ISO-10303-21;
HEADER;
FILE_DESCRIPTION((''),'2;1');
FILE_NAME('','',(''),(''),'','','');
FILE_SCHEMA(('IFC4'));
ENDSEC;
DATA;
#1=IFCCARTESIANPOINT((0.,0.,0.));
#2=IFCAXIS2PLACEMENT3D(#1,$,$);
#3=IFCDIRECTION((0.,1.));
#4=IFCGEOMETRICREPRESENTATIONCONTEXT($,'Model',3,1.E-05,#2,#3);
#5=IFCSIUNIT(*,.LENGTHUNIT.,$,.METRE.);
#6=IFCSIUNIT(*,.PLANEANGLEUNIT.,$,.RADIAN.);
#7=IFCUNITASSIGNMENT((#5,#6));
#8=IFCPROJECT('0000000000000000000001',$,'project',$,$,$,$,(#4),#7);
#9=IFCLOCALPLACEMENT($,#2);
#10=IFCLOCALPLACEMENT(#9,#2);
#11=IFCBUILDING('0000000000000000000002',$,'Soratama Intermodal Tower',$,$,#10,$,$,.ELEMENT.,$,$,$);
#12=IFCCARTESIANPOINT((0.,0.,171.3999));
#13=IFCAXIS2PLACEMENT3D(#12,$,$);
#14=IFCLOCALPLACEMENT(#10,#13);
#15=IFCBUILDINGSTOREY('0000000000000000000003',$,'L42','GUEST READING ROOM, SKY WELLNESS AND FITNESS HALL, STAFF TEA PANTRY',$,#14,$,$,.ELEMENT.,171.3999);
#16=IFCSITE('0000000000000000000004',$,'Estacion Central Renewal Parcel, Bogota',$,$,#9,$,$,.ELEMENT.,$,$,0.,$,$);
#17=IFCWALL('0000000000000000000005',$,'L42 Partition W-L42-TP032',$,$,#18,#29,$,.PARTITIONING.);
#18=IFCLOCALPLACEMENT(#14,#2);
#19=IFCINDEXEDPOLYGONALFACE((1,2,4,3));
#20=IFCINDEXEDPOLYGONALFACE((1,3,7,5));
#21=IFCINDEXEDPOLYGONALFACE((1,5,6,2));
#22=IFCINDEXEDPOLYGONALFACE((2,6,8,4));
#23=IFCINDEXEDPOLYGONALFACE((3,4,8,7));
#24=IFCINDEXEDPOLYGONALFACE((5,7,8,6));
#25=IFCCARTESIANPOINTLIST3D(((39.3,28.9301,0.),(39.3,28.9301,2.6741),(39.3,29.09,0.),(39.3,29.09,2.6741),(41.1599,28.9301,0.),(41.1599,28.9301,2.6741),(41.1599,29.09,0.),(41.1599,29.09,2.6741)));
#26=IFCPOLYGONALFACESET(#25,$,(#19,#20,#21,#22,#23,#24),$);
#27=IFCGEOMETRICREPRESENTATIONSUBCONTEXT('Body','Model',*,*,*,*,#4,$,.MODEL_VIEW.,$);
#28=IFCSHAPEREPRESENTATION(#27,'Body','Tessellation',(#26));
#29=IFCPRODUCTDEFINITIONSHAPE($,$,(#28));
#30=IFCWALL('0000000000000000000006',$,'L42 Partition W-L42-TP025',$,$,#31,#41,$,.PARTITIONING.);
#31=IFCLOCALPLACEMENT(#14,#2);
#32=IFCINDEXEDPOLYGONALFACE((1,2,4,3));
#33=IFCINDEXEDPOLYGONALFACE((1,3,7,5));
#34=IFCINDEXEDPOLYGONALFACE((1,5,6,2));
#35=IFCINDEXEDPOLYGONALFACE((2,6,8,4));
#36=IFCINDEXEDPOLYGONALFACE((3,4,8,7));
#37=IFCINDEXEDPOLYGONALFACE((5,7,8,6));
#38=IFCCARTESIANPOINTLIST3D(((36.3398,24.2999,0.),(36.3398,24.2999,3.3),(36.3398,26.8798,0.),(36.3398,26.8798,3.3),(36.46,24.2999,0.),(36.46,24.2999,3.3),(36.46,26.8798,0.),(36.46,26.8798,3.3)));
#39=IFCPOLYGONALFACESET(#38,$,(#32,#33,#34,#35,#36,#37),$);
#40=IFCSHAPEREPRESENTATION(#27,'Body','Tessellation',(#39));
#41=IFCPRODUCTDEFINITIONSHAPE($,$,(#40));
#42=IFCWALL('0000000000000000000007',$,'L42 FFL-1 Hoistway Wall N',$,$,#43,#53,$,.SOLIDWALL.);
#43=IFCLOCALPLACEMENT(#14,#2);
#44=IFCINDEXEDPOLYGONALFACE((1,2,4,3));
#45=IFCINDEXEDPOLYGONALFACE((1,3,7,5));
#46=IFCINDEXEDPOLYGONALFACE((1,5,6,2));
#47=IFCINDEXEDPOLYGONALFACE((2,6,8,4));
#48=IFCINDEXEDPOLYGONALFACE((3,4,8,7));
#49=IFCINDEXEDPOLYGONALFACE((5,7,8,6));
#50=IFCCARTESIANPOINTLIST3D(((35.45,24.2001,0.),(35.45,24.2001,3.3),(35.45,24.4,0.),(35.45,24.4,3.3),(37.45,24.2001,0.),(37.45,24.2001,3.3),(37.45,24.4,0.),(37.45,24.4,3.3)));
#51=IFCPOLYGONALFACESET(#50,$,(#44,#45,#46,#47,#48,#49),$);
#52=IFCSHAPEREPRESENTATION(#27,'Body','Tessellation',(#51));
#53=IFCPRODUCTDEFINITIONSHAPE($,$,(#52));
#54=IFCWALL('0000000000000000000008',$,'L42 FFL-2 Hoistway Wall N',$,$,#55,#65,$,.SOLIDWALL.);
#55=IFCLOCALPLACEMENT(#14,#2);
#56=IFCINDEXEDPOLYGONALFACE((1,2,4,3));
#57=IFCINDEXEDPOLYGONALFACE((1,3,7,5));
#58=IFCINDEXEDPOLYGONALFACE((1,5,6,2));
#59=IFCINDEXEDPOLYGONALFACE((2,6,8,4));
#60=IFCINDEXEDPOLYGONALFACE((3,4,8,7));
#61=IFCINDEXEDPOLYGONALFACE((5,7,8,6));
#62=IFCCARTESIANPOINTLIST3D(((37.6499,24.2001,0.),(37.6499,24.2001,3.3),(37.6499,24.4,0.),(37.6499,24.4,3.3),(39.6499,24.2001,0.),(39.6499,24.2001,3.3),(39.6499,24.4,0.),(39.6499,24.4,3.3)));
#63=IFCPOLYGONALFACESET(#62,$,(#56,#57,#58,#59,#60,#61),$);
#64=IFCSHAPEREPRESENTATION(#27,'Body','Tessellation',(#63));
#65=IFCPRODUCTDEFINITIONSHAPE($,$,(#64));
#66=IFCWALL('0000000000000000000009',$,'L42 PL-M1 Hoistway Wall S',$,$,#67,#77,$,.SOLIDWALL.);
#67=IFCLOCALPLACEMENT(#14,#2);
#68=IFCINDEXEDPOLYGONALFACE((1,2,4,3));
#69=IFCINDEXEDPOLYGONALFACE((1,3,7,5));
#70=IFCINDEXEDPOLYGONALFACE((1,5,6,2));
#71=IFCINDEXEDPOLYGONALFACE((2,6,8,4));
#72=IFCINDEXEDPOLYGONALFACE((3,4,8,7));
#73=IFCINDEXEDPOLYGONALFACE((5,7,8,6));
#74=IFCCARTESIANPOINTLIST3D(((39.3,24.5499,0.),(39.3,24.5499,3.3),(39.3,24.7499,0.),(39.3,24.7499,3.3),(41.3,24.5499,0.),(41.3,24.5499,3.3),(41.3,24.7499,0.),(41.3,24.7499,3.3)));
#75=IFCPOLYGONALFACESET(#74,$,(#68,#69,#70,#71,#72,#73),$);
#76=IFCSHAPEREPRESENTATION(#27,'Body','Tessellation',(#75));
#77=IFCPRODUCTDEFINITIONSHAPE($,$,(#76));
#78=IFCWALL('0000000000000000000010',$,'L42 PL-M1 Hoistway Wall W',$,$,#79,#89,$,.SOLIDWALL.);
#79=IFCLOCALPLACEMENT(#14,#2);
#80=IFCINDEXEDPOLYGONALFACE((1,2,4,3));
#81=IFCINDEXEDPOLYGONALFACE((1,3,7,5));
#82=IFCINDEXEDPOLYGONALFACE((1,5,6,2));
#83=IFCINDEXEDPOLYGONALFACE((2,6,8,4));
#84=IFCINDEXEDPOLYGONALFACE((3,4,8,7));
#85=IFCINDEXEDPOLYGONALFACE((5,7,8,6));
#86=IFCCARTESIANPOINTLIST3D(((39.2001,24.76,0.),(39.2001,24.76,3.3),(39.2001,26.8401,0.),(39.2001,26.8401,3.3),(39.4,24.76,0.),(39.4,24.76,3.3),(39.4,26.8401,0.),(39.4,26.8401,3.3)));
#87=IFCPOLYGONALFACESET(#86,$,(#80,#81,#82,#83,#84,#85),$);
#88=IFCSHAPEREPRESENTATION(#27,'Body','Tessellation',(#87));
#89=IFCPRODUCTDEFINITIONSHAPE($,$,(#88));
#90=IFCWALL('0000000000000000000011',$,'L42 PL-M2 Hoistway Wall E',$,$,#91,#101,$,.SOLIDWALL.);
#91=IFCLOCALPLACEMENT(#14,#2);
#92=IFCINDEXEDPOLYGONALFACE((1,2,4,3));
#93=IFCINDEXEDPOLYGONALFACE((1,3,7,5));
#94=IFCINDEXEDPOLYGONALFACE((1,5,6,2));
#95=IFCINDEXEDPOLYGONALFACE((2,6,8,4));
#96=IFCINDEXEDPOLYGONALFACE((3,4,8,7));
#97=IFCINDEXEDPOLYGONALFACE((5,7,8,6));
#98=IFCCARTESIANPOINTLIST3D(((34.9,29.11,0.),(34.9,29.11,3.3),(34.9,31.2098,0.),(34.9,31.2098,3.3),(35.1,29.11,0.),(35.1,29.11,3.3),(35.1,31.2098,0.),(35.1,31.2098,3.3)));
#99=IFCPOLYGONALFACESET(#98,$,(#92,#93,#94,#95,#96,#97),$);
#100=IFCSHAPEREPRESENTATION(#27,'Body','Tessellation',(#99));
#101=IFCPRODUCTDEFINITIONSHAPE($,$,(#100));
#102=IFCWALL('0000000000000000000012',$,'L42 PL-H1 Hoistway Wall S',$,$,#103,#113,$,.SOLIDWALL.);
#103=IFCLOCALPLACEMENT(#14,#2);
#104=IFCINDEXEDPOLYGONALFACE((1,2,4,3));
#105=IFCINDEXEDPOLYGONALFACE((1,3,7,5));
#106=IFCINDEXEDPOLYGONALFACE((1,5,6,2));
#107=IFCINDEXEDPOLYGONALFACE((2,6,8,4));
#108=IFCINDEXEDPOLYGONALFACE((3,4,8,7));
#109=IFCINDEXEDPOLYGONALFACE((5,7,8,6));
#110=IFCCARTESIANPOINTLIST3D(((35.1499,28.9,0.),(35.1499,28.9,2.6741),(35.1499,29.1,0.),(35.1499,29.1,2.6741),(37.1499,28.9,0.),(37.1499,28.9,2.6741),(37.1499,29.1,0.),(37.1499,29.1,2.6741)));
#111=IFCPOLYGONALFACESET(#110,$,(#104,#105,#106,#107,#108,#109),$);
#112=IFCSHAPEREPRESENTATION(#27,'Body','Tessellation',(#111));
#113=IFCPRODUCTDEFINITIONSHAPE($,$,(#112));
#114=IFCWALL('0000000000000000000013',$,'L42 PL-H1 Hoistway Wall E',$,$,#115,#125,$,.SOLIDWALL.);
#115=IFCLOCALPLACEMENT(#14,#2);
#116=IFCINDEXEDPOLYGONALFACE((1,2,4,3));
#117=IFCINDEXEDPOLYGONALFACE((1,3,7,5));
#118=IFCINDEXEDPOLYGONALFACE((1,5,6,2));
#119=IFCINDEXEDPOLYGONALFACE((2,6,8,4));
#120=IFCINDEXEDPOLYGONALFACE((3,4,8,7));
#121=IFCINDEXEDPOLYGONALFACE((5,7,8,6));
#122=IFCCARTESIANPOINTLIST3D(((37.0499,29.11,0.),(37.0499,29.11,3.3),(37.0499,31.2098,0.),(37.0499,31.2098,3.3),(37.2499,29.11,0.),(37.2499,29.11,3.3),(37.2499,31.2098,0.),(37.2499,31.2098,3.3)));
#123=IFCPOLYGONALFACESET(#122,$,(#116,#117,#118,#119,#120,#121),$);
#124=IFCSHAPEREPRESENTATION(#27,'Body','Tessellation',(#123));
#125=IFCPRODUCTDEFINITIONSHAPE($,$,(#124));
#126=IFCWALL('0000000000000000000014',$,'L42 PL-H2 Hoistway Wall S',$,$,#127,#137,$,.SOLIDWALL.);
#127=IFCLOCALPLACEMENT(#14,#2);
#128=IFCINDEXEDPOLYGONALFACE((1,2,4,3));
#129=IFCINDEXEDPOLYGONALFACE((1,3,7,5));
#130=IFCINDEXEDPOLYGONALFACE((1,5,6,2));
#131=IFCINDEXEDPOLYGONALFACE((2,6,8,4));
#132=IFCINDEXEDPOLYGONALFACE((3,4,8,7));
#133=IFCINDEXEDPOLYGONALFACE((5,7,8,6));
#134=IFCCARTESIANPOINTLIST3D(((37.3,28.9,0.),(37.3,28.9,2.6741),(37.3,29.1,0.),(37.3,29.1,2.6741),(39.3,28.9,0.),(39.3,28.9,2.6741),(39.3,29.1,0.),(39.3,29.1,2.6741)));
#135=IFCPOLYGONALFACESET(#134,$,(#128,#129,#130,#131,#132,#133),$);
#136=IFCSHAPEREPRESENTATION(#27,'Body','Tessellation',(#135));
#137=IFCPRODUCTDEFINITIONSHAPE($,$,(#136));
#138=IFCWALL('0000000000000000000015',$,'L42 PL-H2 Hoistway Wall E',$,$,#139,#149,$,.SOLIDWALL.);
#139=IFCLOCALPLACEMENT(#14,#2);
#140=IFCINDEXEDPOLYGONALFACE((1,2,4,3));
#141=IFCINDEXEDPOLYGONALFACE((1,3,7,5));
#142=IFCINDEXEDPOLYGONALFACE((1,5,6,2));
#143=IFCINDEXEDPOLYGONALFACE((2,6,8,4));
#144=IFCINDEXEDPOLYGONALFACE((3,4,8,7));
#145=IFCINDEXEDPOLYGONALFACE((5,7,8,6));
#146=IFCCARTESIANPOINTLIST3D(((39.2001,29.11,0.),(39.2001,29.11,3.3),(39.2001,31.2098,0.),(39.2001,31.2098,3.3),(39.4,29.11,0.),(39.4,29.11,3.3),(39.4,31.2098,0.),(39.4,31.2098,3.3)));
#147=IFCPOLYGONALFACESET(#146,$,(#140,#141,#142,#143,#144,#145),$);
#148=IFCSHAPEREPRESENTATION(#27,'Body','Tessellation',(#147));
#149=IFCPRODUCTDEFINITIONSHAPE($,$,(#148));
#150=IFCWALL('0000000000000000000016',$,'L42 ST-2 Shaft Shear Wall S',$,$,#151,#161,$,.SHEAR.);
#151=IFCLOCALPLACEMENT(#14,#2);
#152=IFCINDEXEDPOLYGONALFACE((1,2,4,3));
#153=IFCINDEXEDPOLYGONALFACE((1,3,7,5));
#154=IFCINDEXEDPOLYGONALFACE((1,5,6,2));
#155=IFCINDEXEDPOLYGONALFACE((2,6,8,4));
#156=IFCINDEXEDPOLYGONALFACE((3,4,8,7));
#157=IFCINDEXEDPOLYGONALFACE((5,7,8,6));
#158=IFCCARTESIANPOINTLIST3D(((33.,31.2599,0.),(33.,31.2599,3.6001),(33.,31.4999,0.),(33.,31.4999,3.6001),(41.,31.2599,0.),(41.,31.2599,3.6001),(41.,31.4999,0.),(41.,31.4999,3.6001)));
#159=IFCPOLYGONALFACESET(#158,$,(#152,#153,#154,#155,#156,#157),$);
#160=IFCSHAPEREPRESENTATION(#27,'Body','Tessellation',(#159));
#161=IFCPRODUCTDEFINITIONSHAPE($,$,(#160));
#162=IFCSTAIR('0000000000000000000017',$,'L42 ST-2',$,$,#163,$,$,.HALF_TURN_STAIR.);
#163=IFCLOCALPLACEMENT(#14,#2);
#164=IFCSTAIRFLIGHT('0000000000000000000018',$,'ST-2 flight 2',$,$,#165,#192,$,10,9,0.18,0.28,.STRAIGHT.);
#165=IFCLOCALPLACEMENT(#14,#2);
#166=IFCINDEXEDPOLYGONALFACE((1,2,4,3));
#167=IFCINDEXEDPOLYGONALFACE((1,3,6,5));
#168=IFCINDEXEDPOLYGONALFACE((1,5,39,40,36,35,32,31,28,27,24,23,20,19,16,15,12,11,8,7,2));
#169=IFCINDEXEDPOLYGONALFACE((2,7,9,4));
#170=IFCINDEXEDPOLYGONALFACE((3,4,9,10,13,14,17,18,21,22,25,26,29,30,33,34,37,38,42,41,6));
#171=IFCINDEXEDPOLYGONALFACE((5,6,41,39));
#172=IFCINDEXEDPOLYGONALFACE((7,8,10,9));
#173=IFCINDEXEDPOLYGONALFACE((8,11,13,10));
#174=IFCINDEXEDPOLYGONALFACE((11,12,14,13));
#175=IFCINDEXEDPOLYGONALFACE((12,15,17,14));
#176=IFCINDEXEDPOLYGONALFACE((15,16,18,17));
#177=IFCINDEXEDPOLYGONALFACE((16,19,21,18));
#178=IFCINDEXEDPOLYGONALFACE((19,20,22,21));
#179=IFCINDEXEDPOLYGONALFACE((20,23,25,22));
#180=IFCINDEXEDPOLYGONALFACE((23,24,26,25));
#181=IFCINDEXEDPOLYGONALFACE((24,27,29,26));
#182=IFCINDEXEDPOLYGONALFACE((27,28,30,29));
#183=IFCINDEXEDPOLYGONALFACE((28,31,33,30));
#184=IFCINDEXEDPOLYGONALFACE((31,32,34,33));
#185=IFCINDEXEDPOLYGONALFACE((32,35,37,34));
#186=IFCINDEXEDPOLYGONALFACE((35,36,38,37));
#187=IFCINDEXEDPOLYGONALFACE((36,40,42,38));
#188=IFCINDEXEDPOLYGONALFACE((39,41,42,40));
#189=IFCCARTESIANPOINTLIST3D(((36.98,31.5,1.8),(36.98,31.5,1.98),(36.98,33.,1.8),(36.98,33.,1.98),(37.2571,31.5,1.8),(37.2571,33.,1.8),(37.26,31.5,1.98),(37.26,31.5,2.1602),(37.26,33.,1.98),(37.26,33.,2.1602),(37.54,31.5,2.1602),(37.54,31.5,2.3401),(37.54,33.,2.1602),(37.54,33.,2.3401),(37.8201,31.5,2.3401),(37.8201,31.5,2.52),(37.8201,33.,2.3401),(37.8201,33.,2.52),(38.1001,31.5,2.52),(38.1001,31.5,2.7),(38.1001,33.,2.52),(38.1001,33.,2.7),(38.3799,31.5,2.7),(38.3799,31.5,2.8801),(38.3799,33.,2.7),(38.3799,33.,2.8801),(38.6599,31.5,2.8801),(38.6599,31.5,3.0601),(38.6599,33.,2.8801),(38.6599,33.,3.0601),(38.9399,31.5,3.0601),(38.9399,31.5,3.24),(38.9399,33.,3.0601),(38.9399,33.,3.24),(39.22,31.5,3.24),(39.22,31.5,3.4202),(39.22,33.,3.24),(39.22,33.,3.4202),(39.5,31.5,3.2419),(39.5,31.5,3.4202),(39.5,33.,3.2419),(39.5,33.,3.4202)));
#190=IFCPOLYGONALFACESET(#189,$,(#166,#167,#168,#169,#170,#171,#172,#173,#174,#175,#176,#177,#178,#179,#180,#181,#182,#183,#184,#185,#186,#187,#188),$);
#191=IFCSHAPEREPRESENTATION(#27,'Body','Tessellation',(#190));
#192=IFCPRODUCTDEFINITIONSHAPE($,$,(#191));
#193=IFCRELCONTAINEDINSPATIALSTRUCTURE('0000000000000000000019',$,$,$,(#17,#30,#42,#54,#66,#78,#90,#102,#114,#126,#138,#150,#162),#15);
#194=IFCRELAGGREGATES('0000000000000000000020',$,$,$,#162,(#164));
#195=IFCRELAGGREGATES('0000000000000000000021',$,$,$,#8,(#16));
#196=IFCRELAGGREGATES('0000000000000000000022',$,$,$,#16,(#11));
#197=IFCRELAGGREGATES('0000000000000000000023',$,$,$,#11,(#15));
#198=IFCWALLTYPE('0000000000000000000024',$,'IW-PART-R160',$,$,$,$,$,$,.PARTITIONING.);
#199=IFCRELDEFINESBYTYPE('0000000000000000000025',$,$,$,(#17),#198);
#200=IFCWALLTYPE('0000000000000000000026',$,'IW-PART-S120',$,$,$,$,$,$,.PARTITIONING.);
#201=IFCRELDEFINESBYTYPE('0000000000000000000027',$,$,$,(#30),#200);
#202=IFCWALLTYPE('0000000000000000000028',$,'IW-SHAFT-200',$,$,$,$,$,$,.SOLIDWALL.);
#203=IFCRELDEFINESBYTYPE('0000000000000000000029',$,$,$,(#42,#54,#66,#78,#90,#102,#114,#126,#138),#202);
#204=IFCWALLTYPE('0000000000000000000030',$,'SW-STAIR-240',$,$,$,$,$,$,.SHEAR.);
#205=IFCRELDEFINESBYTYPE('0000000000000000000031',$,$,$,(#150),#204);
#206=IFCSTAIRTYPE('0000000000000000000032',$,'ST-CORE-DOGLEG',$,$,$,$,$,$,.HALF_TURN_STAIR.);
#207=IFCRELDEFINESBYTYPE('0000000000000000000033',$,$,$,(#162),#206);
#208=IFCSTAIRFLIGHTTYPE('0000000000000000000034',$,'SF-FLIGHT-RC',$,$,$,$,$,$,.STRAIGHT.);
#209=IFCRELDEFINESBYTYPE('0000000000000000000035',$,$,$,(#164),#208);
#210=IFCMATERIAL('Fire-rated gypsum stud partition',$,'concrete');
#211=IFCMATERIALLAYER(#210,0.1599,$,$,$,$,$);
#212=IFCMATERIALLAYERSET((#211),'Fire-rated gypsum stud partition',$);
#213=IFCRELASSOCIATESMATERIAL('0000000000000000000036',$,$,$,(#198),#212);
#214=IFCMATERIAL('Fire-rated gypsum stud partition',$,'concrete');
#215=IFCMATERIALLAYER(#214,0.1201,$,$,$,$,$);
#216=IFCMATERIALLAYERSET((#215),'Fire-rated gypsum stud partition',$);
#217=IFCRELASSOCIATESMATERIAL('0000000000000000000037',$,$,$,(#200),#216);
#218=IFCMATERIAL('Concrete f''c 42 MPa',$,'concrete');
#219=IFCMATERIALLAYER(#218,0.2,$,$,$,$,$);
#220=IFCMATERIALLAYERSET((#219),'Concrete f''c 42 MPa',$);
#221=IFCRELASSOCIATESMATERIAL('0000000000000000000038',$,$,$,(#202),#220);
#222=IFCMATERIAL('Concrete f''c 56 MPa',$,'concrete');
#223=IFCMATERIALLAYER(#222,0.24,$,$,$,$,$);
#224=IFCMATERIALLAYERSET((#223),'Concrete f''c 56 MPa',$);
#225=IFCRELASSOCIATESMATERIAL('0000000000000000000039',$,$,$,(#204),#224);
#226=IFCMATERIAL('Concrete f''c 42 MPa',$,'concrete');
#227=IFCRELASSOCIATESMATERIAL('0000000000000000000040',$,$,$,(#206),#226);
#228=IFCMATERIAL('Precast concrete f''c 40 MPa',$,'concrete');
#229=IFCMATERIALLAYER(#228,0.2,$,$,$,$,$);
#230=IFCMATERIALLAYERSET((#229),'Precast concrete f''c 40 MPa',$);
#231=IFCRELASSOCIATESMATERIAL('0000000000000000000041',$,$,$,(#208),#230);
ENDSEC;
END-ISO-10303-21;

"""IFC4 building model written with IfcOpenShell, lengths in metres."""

from ifc_helpers import new_model, si_unit, direction, frame, frame_2d, origin, place, context, subcontext, project, spatial, polyline, rectangle, outline, extrude, material, layer, layer_set, type_object, element, aggregate, save


model = new_model("IFC4")

# Units and contexts
model_context = context("Model", 3, precision=1e-05, world=origin(), true_north=direction((0.0, 1.0)))
body_context = subcontext(model_context, "Body", "Model", "MODEL_VIEW")
ifc_project = project(units=[si_unit("LENGTHUNIT", "METRE"), si_unit("PLANEANGLEUNIT", "RADIAN")], contexts=[model_context])

# Site, building, storey
site_placement = place(None, origin())
site = spatial("IfcSite", under=ifc_project, at=site_placement, Name="Estacion Central Renewal Parcel, Bogota", CompositionType="ELEMENT", RefElevation=0.0)
building_placement = place(site_placement, origin())
building = spatial("IfcBuilding", under=site, at=building_placement, Name="Soratama Intermodal Tower", CompositionType="ELEMENT")
storey_placement = place(building_placement, frame((0.0, 0.0, 171.3999)))
storey = spatial("IfcBuildingStorey", under=building, at=storey_placement, Name="L42", Description="GUEST READING ROOM, SKY WELLNESS AND FITNESS HALL, STAFF TEA PANTRY", CompositionType="ELEMENT", Elevation=171.3999)

# Shared definitions
ifc_material_1 = material(Name="Fire-rated gypsum stud partition", Category="concrete")
ifc_layer_1 = layer(ifc_material_1, 0.1599)
ifc_layer_set_1 = layer_set([ifc_layer_1], Name="Fire-rated gypsum stud partition")
wall_type_1 = type_object("IfcWallType", Name="IW-PART-R160", PredefinedType="PARTITIONING", material=ifc_layer_set_1)

# Walls
wall_1_placement = place(storey_placement, frame((39.3, 29.01, 0.0), z_axis=(0.0, 0.0, 1.0), x_axis=(1.0, 0.0, 0.0)))
element("IfcWall", 1, at=wall_1_placement, inside=storey, type_object=wall_type_1, Name="L42 Partition W-L42-TP032", PredefinedType="PARTITIONING", context=body_context, shape_type="SweptSolid", body=[
    extrude(rectangle(XDim=1.8599, YDim=0.1599, at=frame_2d((0.9299, 0.0))), origin(), (0.0, 0.0, 1.0), 2.6741),
])
ifc_material_2 = material(Name="Fire-rated gypsum stud partition", Category="concrete")
ifc_layer_2 = layer(ifc_material_2, 0.1201)
ifc_layer_set_2 = layer_set([ifc_layer_2], Name="Fire-rated gypsum stud partition")
wall_type_2 = type_object("IfcWallType", Name="IW-PART-S120", PredefinedType="PARTITIONING", material=ifc_layer_set_2)
wall_2_placement = place(storey_placement, frame((36.3999, 26.8799, 0.0), z_axis=(0.0, 0.0, 1.0), x_axis=(0.0, -1.0, 0.0)))
element("IfcWall", 2, at=wall_2_placement, inside=storey, type_object=wall_type_2, Name="L42 Partition W-L42-TP025", PredefinedType="PARTITIONING", context=body_context, shape_type="SweptSolid", body=[
    extrude(rectangle(XDim=2.5798, YDim=0.1201, at=frame_2d((1.29, 0.0))), origin(), (0.0, 0.0, 1.0), 3.3),
])
ifc_material_3 = material(Name="Concrete f'c 42 MPa", Category="concrete")
ifc_layer_3 = layer(ifc_material_3, 0.2)
ifc_layer_set_3 = layer_set([ifc_layer_3], Name="Concrete f'c 42 MPa")
wall_type_3 = type_object("IfcWallType", Name="IW-SHAFT-200", PredefinedType="SOLIDWALL", material=ifc_layer_set_3)
for number, where, z_axis, x_axis, name in (
    (3, (35.45, 24.3, 0.0), (0.0, 0.0, 1.0), (1.0, 0.0, 0.0), "L42 FFL-1 Hoistway Wall N"),
    (4, (37.6499, 24.3, 0.0), (0.0, 0.0, 1.0), (1.0, 0.0, 0.0), "L42 FFL-2 Hoistway Wall N"),
    (5, (39.3, 24.6499, 0.0), (0.0, 0.0, 1.0), (1.0, 0.0, 0.0), "L42 PL-M1 Hoistway Wall S"),
):
    element("IfcWall", number, at=place(storey_placement, frame(where, z_axis=z_axis, x_axis=x_axis)), inside=storey, type_object=wall_type_3, Name=name, PredefinedType="SOLIDWALL", context=body_context, shape_type="SweptSolid", body=[
        extrude(rectangle(XDim=2.0, YDim=0.2, at=frame_2d((1.0, 0.0))), origin(), (0.0, 0.0, 1.0), 3.3),
    ])

# Walls
wall_3_placement = place(storey_placement, frame((39.3, 24.76, 0.0), z_axis=(0.0, 0.0, 1.0), x_axis=(0.0, 1.0, 0.0)))
element("IfcWall", 6, at=wall_3_placement, inside=storey, type_object=wall_type_3, Name="L42 PL-M1 Hoistway Wall W", PredefinedType="SOLIDWALL", context=body_context, shape_type="SweptSolid", body=[
    extrude(rectangle(XDim=2.0801, YDim=0.2, at=frame_2d((1.04, 0.0))), origin(), (0.0, 0.0, 1.0), 3.3),
])
wall_4_placement = place(storey_placement, frame((35.0, 29.1101, 0.0), z_axis=(0.0, 0.0, 1.0), x_axis=(0.0, 1.0, 0.0)))
element("IfcWall", 7, at=wall_4_placement, inside=storey, type_object=wall_type_3, Name="L42 PL-M2 Hoistway Wall E", PredefinedType="SOLIDWALL", context=body_context, shape_type="SweptSolid", body=[
    extrude(rectangle(XDim=2.0999, YDim=0.2, at=frame_2d((1.0498, 0.0))), origin(), (0.0, 0.0, 1.0), 3.3),
])
wall_5_placement = place(storey_placement, frame((35.1499, 29.0, 0.0), z_axis=(0.0, 0.0, 1.0), x_axis=(1.0, 0.0, 0.0)))
element("IfcWall", 8, at=wall_5_placement, inside=storey, type_object=wall_type_3, Name="L42 PL-H1 Hoistway Wall S", PredefinedType="SOLIDWALL", context=body_context, shape_type="SweptSolid", body=[
    extrude(rectangle(XDim=2.0, YDim=0.2, at=frame_2d((1.0, 0.0))), origin(), (0.0, 0.0, 1.0), 2.6741),
])
wall_6_placement = place(storey_placement, frame((37.1499, 29.1101, 0.0), z_axis=(0.0, 0.0, 1.0), x_axis=(0.0, 1.0, 0.0)))
element("IfcWall", 9, at=wall_6_placement, inside=storey, type_object=wall_type_3, Name="L42 PL-H1 Hoistway Wall E", PredefinedType="SOLIDWALL", context=body_context, shape_type="SweptSolid", body=[
    extrude(rectangle(XDim=2.0999, YDim=0.2, at=frame_2d((1.0498, 0.0))), origin(), (0.0, 0.0, 1.0), 3.3),
])
wall_7_placement = place(storey_placement, frame((37.3, 29.0, 0.0), z_axis=(0.0, 0.0, 1.0), x_axis=(1.0, 0.0, 0.0)))
element("IfcWall", 10, at=wall_7_placement, inside=storey, type_object=wall_type_3, Name="L42 PL-H2 Hoistway Wall S", PredefinedType="SOLIDWALL", context=body_context, shape_type="SweptSolid", body=[
    extrude(rectangle(XDim=2.0, YDim=0.2, at=frame_2d((1.0, 0.0))), origin(), (0.0, 0.0, 1.0), 2.6741),
])
wall_8_placement = place(storey_placement, frame((39.3, 29.1101, 0.0), z_axis=(0.0, 0.0, 1.0), x_axis=(0.0, 1.0, 0.0)))
element("IfcWall", 11, at=wall_8_placement, inside=storey, type_object=wall_type_3, Name="L42 PL-H2 Hoistway Wall E", PredefinedType="SOLIDWALL", context=body_context, shape_type="SweptSolid", body=[
    extrude(rectangle(XDim=2.0999, YDim=0.2, at=frame_2d((1.0498, 0.0))), origin(), (0.0, 0.0, 1.0), 3.3),
])

# Shared definitions
ifc_material_4 = material(Name="Concrete f'c 56 MPa", Category="concrete")
ifc_layer_4 = layer(ifc_material_4, 0.24)
ifc_layer_set_4 = layer_set([ifc_layer_4], Name="Concrete f'c 56 MPa")
wall_type_4 = type_object("IfcWallType", Name="SW-STAIR-240", PredefinedType="SHEAR", material=ifc_layer_set_4)

# Wall
wall_9_placement = place(storey_placement, frame((33.0, 31.3799, 0.0), z_axis=(0.0, 0.0, 1.0), x_axis=(1.0, 0.0, 0.0)))
element("IfcWall", 12, at=wall_9_placement, inside=storey, type_object=wall_type_4, Name="L42 ST-2 Shaft Shear Wall S", PredefinedType="SHEAR", context=body_context, shape_type="SweptSolid", body=[
    extrude(rectangle(XDim=8.0, YDim=0.24, at=frame_2d((4.0, 0.0))), origin(), (0.0, 0.0, 1.0), 3.6001),
])

# Stair, stair flight
ifc_material_5 = material(Name="Concrete f'c 42 MPa", Category="concrete")
stair_type = type_object("IfcStairType", Name="ST-CORE-DOGLEG", PredefinedType="HALF_TURN_STAIR", material=ifc_material_5)
stair_placement = place(storey_placement, origin())
stair = element("IfcStair", 13, at=stair_placement, inside=storey, type_object=stair_type, Name="L42 ST-2", PredefinedType="HALF_TURN_STAIR")
ifc_material_6 = material(Name="Precast concrete f'c 40 MPa", Category="concrete")
ifc_layer_5 = layer(ifc_material_6, 0.2)
ifc_layer_set_5 = layer_set([ifc_layer_5], Name="Precast concrete f'c 40 MPa")
stair_flight_type = type_object("IfcStairFlightType", Name="SF-FLIGHT-RC", PredefinedType="STRAIGHT", material=ifc_layer_set_5)
stair_flight_placement = place(storey_placement, frame((36.98, 32.25, 1.8), z_axis=(0.0, 0.0, 1.0), x_axis=(1.0, 0.0, 0.0)))
stair_flight = element("IfcStairFlight", 14, at=stair_flight_placement, type_object=stair_flight_type, Name="ST-2 flight 2", NumberOfRisers=10, NumberOfTreads=9, PredefinedType="STRAIGHT", RiserHeight=0.18, TreadLength=0.28, context=body_context, shape_type="SweptSolid", body=[
    extrude(outline(polyline([(0.0, 0.0), (0.0, 0.1799), (0.28, 0.1799), (0.28, 0.3601), (0.5601, 0.3601), (0.5601, 0.54), (0.8401, 0.54), (0.8401, 0.72), (1.1201, 0.72), (1.1201, 0.8999), (1.3999, 0.8999), (1.3999, 1.0801), (1.6799, 1.0801), (1.6799, 1.26), (1.96, 1.26), (1.96, 1.4399), (2.24, 1.4399), (2.24, 1.6201), (2.52, 1.6201), (2.52, 1.8), (2.52, 1.4419), (0.2771, 0.0), (0.0, 0.0)])), frame((0.0, 0.75, 0.0), z_axis=(0.0, -1.0, 0.0), x_axis=(1.0, 0.0, 0.0)), (0.0, 0.0, 1.0), 1.5),
])
aggregate(stair, [stair_flight])

save(model, "model.ifc")
